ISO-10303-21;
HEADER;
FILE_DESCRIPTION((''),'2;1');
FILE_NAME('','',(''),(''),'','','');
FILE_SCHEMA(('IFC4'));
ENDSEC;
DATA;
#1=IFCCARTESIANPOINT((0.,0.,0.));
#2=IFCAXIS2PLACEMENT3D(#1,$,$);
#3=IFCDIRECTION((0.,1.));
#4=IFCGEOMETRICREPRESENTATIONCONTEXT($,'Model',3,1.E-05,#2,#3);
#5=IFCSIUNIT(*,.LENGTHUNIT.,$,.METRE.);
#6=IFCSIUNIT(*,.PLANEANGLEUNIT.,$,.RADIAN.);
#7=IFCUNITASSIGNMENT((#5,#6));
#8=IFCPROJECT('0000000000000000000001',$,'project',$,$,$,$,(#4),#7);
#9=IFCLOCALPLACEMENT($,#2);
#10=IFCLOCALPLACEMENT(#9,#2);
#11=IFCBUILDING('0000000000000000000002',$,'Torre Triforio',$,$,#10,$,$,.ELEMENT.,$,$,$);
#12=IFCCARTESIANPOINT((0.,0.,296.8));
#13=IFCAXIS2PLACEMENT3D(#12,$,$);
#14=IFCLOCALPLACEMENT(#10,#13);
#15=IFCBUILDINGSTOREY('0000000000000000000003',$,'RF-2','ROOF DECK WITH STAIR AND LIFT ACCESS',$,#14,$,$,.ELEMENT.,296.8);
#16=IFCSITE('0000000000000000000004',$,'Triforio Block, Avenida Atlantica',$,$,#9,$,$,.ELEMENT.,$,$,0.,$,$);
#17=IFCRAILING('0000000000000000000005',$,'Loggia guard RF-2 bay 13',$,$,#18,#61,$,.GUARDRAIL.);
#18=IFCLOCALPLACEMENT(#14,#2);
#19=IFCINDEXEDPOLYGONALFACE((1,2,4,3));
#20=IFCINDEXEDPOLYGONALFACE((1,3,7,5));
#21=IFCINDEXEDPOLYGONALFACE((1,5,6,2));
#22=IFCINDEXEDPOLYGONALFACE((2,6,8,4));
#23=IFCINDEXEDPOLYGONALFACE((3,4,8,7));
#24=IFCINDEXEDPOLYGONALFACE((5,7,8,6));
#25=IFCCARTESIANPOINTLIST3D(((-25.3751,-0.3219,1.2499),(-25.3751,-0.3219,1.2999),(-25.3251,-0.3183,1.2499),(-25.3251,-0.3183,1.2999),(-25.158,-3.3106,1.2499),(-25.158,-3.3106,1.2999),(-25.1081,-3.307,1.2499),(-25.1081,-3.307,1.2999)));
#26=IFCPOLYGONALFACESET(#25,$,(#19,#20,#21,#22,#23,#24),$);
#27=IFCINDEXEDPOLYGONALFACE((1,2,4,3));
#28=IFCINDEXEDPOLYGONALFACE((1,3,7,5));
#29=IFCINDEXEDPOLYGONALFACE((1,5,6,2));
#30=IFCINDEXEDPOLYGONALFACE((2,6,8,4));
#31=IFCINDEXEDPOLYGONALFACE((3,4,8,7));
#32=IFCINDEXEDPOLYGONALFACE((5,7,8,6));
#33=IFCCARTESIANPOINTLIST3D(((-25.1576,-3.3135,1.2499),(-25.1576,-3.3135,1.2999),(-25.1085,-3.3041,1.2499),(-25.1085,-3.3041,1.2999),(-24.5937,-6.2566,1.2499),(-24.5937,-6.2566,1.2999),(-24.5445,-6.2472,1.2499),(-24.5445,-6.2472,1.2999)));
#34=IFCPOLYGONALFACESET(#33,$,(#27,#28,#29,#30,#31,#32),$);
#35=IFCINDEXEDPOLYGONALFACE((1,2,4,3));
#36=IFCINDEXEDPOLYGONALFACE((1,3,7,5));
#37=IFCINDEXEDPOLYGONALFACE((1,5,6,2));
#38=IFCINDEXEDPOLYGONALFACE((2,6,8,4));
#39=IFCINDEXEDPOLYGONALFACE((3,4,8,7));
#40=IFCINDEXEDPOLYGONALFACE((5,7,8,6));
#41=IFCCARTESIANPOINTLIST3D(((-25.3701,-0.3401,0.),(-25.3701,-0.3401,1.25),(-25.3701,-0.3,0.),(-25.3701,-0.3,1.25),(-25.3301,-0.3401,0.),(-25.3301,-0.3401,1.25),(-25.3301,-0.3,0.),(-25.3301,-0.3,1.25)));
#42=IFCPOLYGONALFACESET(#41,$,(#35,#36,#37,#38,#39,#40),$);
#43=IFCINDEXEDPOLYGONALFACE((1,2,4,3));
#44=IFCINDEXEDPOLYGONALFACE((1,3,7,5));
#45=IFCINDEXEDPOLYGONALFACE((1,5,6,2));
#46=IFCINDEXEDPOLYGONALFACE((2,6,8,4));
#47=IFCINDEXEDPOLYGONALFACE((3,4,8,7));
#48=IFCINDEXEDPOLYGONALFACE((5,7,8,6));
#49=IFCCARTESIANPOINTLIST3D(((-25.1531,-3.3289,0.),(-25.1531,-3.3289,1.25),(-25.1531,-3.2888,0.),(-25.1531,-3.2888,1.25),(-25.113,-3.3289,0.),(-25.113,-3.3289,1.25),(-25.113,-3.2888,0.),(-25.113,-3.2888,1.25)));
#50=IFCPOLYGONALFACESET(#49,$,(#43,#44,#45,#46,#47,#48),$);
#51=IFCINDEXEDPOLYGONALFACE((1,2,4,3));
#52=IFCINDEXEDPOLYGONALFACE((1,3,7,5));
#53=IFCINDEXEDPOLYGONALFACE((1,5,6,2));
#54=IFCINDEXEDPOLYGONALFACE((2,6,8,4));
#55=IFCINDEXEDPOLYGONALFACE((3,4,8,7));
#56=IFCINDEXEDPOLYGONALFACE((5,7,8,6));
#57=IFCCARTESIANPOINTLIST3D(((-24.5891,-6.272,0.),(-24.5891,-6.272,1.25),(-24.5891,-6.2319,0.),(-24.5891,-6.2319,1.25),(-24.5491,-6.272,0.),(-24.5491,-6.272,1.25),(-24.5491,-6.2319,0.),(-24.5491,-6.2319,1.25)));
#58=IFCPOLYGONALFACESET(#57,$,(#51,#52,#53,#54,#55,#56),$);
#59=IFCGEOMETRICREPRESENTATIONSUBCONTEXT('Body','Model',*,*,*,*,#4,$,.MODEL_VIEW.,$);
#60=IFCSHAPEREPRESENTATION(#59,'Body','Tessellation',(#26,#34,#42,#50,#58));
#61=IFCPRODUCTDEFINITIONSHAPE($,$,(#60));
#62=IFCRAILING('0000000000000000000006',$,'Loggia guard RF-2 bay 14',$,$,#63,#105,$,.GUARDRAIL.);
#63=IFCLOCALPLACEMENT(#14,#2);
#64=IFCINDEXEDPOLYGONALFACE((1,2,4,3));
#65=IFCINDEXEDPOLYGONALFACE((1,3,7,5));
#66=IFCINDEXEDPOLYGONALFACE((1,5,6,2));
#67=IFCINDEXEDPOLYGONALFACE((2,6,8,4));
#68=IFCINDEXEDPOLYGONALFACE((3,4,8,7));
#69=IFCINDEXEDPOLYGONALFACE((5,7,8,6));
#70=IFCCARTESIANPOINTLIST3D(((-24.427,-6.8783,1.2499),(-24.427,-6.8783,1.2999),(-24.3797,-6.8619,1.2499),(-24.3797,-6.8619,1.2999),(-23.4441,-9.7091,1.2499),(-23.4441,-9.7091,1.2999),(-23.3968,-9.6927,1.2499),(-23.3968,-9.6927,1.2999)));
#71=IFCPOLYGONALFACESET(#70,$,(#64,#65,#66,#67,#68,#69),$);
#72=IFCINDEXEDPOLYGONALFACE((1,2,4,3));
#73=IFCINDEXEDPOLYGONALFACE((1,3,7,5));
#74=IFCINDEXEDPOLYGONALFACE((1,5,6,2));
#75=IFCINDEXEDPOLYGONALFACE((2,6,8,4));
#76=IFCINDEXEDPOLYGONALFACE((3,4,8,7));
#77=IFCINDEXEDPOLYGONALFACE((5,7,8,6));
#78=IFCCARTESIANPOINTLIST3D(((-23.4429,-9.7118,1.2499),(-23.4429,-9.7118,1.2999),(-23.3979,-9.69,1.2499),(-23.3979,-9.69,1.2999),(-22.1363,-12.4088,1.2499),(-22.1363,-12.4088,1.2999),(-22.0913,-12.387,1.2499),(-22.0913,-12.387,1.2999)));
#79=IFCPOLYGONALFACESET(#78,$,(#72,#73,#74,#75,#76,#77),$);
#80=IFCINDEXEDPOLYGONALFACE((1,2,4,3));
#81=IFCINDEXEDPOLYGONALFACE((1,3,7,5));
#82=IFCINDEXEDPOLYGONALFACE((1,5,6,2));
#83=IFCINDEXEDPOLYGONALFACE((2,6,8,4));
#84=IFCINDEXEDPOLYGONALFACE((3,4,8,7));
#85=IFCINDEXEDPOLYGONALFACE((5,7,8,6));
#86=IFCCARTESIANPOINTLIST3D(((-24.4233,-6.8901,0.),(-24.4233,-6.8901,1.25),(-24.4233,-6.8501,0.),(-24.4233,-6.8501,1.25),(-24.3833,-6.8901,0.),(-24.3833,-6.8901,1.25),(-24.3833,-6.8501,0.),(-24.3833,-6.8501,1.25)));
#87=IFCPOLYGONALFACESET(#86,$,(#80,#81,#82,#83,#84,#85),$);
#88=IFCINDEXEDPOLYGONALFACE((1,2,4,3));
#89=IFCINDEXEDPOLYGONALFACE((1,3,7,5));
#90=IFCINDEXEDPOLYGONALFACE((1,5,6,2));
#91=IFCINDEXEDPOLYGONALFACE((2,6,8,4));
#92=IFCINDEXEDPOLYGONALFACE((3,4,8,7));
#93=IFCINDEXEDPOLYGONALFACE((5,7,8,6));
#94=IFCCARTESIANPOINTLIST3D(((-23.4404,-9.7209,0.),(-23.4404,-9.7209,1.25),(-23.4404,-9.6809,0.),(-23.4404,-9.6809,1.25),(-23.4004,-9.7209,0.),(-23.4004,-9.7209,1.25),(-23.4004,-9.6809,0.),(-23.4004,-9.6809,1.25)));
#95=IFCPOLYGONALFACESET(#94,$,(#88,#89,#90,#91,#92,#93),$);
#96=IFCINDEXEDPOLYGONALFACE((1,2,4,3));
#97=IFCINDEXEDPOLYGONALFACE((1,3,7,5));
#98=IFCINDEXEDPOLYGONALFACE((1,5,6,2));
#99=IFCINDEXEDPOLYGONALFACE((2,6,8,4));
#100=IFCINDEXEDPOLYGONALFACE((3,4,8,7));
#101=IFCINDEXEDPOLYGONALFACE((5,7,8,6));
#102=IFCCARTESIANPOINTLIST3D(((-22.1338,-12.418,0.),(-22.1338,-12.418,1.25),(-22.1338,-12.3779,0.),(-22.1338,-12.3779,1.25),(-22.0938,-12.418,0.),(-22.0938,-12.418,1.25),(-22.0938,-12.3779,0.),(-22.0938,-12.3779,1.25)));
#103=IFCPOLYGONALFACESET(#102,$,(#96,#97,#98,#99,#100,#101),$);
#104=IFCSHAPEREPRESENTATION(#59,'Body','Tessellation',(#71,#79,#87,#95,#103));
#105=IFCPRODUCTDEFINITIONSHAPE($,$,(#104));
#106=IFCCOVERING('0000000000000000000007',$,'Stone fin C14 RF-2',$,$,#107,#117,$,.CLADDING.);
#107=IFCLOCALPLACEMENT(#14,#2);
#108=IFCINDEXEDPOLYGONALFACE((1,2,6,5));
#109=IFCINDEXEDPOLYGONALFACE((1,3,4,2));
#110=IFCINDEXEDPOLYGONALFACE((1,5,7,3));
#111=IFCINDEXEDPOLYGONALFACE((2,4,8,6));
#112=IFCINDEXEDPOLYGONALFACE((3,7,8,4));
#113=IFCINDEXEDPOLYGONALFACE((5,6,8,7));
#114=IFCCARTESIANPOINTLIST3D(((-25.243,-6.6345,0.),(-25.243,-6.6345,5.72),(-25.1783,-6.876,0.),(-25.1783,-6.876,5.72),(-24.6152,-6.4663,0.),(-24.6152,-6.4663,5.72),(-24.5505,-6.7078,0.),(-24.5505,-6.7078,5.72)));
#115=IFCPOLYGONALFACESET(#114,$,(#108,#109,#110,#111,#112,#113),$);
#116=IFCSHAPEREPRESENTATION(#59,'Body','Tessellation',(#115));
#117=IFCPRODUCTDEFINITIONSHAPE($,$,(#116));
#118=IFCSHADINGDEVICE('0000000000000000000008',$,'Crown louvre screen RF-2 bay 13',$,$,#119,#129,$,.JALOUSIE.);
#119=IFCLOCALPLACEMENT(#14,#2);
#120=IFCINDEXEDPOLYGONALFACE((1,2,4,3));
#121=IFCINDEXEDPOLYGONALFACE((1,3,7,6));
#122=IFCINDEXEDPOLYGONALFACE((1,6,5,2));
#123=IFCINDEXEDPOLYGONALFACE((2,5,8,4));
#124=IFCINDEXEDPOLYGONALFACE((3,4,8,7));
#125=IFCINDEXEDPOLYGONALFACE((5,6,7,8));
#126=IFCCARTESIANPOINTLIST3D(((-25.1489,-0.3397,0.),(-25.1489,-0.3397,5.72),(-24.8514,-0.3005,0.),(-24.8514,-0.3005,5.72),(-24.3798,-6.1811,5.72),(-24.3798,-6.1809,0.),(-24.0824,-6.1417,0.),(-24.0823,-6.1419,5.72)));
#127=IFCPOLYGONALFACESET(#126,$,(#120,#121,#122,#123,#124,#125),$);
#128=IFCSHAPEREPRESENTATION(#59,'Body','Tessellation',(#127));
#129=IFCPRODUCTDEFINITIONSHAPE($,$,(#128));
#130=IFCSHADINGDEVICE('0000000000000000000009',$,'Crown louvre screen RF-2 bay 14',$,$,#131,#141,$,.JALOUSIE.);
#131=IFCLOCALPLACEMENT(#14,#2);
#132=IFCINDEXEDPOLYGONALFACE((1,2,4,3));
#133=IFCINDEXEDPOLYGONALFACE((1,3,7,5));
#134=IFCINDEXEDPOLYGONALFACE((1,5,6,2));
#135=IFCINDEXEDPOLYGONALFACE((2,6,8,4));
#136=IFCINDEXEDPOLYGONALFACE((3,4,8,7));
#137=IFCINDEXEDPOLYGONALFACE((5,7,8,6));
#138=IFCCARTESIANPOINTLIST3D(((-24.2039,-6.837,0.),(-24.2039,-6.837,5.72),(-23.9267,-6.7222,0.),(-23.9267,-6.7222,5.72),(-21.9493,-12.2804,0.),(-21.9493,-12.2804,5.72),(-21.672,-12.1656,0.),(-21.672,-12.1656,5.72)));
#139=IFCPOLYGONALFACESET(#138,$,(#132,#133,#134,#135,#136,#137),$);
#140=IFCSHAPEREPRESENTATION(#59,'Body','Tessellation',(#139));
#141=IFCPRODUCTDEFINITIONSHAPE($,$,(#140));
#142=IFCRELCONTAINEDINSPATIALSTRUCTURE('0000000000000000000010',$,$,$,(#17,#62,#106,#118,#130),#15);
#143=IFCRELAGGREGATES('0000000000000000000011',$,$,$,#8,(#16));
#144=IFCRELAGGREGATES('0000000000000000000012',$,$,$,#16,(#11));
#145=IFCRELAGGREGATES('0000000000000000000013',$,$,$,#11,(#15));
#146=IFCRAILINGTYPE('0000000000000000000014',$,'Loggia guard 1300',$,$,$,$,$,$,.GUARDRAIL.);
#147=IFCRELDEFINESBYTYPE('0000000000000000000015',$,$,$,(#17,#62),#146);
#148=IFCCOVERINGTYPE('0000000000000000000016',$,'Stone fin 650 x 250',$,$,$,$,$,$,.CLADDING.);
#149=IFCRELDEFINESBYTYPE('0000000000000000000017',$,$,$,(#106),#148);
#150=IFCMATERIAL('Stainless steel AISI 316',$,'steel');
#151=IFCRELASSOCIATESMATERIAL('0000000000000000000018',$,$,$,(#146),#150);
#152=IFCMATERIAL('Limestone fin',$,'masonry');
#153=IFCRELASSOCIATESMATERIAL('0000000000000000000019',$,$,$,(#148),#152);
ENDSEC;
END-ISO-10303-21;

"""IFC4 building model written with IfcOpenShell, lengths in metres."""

from ifc_helpers import new_model, si_unit, direction, frame, origin, origin_2d, place, context, subcontext, project, spatial, polyline, rectangle, outline, extrude, material, material_profile, profile_set, type_object, element, save


model = new_model("IFC4")

# Units and contexts
model_context = context("Model", 3, precision=1e-05, world=origin(), true_north=direction((0.0, 1.0)))
body_context = subcontext(model_context, "Body", "Model", "MODEL_VIEW")
ifc_project = project(units=[si_unit("LENGTHUNIT", "METRE"), si_unit("PLANEANGLEUNIT", "RADIAN")], contexts=[model_context])

# Site, building, storey
site_placement = place(None, origin())
site = spatial("IfcSite", under=ifc_project, at=site_placement, Name="Triforio Block, Avenida Atlantica", CompositionType="ELEMENT", RefElevation=0.0)
building_placement = place(site_placement, origin())
building = spatial("IfcBuilding", under=site, at=building_placement, Name="Torre Triforio", CompositionType="ELEMENT")
storey_placement = place(building_placement, frame((0.0, 0.0, 296.8)))
storey = spatial("IfcBuildingStorey", under=building, at=storey_placement, Name="RF-2", Description="ROOF DECK WITH STAIR AND LIFT ACCESS", CompositionType="ELEMENT", Elevation=296.8)

# Railings
ifc_material_1 = material(Name="Stainless steel AISI 316", Category="steel")
railing_type_1 = type_object("IfcRailingType", Name="Loggia guard 1300", PredefinedType="GUARDRAIL", material=ifc_material_1)
railing_1_placement = place(storey_placement, frame((-25.3501, -0.3201, 0.0)))
element("IfcRailing", 1, at=railing_1_placement, inside=storey, type_object=railing_type_1, Name="Loggia guard RF-2 bay 13", PredefinedType="GUARDRAIL", context=body_context, shape_type="SweptSolid", body=[
    extrude(rectangle(XDim=0.05, YDim=0.05, at=origin_2d()), frame((0.0, 0.0, 1.2749), z_axis=(0.072428, -0.997374, 0.0), x_axis=(0.997374, 0.072428, 0.0)), (0.0, 0.0, 1.0), 2.9966),
    extrude(rectangle(XDim=0.05, YDim=0.05, at=origin_2d()), frame((0.217, -2.9888, 1.2749), z_axis=(0.188198, -0.982131, 0.0), x_axis=(0.982131, 0.188198, 0.0)), (0.0, 0.0, 1.0), 2.9966),
    extrude(rectangle(XDim=0.04, YDim=0.04, at=origin_2d()), origin(), (0.0, 0.0, 1.0), 1.25),
    extrude(rectangle(XDim=0.04, YDim=0.04, at=origin_2d()), frame((0.217, -2.9888, 0.0)), (0.0, 0.0, 1.0), 1.25),
    extrude(rectangle(XDim=0.04, YDim=0.04, at=origin_2d()), frame((0.781, -5.9319, 0.0)), (0.0, 0.0, 1.0), 1.25),
])
railing_2_placement = place(storey_placement, frame((-24.4033, -6.8701, 0.0)))
element("IfcRailing", 2, at=railing_2_placement, inside=storey, type_object=railing_type_1, Name="Loggia guard RF-2 bay 14", PredefinedType="GUARDRAIL", context=body_context, shape_type="SweptSolid", body=[
    extrude(rectangle(XDim=0.05, YDim=0.05, at=origin_2d()), frame((0.0, 0.0, 1.2749), z_axis=(0.328009, -0.944675, 0.0), x_axis=(0.944675, 0.328009, 0.0)), (0.0, 0.0, 1.0), 2.9966),
    extrude(rectangle(XDim=0.05, YDim=0.05, at=origin_2d()), frame((0.9829, -2.8308, 1.2749), z_axis=(0.436002, -0.899946, 0.0), x_axis=(0.899946, 0.436002, 0.0)), (0.0, 0.0, 1.0), 2.9968),
    extrude(rectangle(XDim=0.04, YDim=0.04, at=origin_2d()), origin(), (0.0, 0.0, 1.0), 1.25),
    extrude(rectangle(XDim=0.04, YDim=0.04, at=origin_2d()), frame((0.9829, -2.8308, 0.0)), (0.0, 0.0, 1.0), 1.25),
    extrude(rectangle(XDim=0.04, YDim=0.04, at=origin_2d()), frame((2.2896, -5.5278, 0.0)), (0.0, 0.0, 1.0), 1.25),
])

# Covering
ifc_material_2 = material(Name="Limestone fin", Category="masonry")
ifc_material_profile_1 = material_profile(ifc_material_2, rectangle(XDim=0.6499, YDim=0.25, at=origin_2d()), Name="FIN 650x250")
ifc_profile_set_1 = profile_set([ifc_material_profile_1], Name="Limestone fin")
covering_type = type_object("IfcCoveringType", Name="Stone fin 650 x 250", PredefinedType="CLADDING", material=ifc_profile_set_1)
covering_placement = place(storey_placement, frame((-24.8967, -6.6711, 0.0), z_axis=(0.0, 0.0, 1.0), x_axis=(-0.965926, -0.258819, 0.0)))
element("IfcCovering", 3, at=covering_placement, inside=storey, type_object=covering_type, Name="Stone fin C14 RF-2", PredefinedType="CLADDING", context=body_context, shape_type="SweptSolid", body=[
    extrude(rectangle(XDim=0.6499, YDim=0.25, at=origin_2d()), origin(), (0.0, 0.0, 1.0), 5.72),
])

# Shading devices
shading_device_1_placement = place(storey_placement, frame((-25.0, -0.3201, 0.0), z_axis=(0.0, 0.0, 1.0), x_axis=(0.13053, -0.991444, 0.0)))
element("IfcShadingDevice", 4, at=shading_device_1_placement, inside=storey, Name="Crown louvre screen RF-2 bay 13", PredefinedType="JALOUSIE", context=body_context, shape_type="SweptSolid", body=[
    extrude(outline(polyline([(0.0, 0.0), (5.8916, 0.0), (5.8918, 5.72), (0.0, 5.72), (0.0, 0.0)])), frame((0.0, 0.1499, 0.0), z_axis=(0.0, -1.0, 0.0), x_axis=(1.0, 0.0, 0.0)), (0.0, 0.0, 1.0), 0.3),
])
shading_device_2_placement = place(storey_placement, frame((-24.0652, -6.7795, 0.0), z_axis=(0.0, 0.0, 1.0), x_axis=(0.382673, -0.923884, 0.0)))
element("IfcShadingDevice", 5, at=shading_device_2_placement, inside=storey, Name="Crown louvre screen RF-2 bay 14", PredefinedType="JALOUSIE", context=body_context, shape_type="SweptSolid", body=[
    extrude(outline(polyline([(0.0, 0.0), (5.8918, 0.0), (5.8918, 5.72), (0.0, 5.72), (0.0, 0.0)])), frame((0.0, 0.1499, 0.0), z_axis=(0.0, -1.0, 0.0), x_axis=(1.0, 0.0, 0.0)), (0.0, 0.0, 1.0), 0.3),
])

save(model, "model.ifc")
